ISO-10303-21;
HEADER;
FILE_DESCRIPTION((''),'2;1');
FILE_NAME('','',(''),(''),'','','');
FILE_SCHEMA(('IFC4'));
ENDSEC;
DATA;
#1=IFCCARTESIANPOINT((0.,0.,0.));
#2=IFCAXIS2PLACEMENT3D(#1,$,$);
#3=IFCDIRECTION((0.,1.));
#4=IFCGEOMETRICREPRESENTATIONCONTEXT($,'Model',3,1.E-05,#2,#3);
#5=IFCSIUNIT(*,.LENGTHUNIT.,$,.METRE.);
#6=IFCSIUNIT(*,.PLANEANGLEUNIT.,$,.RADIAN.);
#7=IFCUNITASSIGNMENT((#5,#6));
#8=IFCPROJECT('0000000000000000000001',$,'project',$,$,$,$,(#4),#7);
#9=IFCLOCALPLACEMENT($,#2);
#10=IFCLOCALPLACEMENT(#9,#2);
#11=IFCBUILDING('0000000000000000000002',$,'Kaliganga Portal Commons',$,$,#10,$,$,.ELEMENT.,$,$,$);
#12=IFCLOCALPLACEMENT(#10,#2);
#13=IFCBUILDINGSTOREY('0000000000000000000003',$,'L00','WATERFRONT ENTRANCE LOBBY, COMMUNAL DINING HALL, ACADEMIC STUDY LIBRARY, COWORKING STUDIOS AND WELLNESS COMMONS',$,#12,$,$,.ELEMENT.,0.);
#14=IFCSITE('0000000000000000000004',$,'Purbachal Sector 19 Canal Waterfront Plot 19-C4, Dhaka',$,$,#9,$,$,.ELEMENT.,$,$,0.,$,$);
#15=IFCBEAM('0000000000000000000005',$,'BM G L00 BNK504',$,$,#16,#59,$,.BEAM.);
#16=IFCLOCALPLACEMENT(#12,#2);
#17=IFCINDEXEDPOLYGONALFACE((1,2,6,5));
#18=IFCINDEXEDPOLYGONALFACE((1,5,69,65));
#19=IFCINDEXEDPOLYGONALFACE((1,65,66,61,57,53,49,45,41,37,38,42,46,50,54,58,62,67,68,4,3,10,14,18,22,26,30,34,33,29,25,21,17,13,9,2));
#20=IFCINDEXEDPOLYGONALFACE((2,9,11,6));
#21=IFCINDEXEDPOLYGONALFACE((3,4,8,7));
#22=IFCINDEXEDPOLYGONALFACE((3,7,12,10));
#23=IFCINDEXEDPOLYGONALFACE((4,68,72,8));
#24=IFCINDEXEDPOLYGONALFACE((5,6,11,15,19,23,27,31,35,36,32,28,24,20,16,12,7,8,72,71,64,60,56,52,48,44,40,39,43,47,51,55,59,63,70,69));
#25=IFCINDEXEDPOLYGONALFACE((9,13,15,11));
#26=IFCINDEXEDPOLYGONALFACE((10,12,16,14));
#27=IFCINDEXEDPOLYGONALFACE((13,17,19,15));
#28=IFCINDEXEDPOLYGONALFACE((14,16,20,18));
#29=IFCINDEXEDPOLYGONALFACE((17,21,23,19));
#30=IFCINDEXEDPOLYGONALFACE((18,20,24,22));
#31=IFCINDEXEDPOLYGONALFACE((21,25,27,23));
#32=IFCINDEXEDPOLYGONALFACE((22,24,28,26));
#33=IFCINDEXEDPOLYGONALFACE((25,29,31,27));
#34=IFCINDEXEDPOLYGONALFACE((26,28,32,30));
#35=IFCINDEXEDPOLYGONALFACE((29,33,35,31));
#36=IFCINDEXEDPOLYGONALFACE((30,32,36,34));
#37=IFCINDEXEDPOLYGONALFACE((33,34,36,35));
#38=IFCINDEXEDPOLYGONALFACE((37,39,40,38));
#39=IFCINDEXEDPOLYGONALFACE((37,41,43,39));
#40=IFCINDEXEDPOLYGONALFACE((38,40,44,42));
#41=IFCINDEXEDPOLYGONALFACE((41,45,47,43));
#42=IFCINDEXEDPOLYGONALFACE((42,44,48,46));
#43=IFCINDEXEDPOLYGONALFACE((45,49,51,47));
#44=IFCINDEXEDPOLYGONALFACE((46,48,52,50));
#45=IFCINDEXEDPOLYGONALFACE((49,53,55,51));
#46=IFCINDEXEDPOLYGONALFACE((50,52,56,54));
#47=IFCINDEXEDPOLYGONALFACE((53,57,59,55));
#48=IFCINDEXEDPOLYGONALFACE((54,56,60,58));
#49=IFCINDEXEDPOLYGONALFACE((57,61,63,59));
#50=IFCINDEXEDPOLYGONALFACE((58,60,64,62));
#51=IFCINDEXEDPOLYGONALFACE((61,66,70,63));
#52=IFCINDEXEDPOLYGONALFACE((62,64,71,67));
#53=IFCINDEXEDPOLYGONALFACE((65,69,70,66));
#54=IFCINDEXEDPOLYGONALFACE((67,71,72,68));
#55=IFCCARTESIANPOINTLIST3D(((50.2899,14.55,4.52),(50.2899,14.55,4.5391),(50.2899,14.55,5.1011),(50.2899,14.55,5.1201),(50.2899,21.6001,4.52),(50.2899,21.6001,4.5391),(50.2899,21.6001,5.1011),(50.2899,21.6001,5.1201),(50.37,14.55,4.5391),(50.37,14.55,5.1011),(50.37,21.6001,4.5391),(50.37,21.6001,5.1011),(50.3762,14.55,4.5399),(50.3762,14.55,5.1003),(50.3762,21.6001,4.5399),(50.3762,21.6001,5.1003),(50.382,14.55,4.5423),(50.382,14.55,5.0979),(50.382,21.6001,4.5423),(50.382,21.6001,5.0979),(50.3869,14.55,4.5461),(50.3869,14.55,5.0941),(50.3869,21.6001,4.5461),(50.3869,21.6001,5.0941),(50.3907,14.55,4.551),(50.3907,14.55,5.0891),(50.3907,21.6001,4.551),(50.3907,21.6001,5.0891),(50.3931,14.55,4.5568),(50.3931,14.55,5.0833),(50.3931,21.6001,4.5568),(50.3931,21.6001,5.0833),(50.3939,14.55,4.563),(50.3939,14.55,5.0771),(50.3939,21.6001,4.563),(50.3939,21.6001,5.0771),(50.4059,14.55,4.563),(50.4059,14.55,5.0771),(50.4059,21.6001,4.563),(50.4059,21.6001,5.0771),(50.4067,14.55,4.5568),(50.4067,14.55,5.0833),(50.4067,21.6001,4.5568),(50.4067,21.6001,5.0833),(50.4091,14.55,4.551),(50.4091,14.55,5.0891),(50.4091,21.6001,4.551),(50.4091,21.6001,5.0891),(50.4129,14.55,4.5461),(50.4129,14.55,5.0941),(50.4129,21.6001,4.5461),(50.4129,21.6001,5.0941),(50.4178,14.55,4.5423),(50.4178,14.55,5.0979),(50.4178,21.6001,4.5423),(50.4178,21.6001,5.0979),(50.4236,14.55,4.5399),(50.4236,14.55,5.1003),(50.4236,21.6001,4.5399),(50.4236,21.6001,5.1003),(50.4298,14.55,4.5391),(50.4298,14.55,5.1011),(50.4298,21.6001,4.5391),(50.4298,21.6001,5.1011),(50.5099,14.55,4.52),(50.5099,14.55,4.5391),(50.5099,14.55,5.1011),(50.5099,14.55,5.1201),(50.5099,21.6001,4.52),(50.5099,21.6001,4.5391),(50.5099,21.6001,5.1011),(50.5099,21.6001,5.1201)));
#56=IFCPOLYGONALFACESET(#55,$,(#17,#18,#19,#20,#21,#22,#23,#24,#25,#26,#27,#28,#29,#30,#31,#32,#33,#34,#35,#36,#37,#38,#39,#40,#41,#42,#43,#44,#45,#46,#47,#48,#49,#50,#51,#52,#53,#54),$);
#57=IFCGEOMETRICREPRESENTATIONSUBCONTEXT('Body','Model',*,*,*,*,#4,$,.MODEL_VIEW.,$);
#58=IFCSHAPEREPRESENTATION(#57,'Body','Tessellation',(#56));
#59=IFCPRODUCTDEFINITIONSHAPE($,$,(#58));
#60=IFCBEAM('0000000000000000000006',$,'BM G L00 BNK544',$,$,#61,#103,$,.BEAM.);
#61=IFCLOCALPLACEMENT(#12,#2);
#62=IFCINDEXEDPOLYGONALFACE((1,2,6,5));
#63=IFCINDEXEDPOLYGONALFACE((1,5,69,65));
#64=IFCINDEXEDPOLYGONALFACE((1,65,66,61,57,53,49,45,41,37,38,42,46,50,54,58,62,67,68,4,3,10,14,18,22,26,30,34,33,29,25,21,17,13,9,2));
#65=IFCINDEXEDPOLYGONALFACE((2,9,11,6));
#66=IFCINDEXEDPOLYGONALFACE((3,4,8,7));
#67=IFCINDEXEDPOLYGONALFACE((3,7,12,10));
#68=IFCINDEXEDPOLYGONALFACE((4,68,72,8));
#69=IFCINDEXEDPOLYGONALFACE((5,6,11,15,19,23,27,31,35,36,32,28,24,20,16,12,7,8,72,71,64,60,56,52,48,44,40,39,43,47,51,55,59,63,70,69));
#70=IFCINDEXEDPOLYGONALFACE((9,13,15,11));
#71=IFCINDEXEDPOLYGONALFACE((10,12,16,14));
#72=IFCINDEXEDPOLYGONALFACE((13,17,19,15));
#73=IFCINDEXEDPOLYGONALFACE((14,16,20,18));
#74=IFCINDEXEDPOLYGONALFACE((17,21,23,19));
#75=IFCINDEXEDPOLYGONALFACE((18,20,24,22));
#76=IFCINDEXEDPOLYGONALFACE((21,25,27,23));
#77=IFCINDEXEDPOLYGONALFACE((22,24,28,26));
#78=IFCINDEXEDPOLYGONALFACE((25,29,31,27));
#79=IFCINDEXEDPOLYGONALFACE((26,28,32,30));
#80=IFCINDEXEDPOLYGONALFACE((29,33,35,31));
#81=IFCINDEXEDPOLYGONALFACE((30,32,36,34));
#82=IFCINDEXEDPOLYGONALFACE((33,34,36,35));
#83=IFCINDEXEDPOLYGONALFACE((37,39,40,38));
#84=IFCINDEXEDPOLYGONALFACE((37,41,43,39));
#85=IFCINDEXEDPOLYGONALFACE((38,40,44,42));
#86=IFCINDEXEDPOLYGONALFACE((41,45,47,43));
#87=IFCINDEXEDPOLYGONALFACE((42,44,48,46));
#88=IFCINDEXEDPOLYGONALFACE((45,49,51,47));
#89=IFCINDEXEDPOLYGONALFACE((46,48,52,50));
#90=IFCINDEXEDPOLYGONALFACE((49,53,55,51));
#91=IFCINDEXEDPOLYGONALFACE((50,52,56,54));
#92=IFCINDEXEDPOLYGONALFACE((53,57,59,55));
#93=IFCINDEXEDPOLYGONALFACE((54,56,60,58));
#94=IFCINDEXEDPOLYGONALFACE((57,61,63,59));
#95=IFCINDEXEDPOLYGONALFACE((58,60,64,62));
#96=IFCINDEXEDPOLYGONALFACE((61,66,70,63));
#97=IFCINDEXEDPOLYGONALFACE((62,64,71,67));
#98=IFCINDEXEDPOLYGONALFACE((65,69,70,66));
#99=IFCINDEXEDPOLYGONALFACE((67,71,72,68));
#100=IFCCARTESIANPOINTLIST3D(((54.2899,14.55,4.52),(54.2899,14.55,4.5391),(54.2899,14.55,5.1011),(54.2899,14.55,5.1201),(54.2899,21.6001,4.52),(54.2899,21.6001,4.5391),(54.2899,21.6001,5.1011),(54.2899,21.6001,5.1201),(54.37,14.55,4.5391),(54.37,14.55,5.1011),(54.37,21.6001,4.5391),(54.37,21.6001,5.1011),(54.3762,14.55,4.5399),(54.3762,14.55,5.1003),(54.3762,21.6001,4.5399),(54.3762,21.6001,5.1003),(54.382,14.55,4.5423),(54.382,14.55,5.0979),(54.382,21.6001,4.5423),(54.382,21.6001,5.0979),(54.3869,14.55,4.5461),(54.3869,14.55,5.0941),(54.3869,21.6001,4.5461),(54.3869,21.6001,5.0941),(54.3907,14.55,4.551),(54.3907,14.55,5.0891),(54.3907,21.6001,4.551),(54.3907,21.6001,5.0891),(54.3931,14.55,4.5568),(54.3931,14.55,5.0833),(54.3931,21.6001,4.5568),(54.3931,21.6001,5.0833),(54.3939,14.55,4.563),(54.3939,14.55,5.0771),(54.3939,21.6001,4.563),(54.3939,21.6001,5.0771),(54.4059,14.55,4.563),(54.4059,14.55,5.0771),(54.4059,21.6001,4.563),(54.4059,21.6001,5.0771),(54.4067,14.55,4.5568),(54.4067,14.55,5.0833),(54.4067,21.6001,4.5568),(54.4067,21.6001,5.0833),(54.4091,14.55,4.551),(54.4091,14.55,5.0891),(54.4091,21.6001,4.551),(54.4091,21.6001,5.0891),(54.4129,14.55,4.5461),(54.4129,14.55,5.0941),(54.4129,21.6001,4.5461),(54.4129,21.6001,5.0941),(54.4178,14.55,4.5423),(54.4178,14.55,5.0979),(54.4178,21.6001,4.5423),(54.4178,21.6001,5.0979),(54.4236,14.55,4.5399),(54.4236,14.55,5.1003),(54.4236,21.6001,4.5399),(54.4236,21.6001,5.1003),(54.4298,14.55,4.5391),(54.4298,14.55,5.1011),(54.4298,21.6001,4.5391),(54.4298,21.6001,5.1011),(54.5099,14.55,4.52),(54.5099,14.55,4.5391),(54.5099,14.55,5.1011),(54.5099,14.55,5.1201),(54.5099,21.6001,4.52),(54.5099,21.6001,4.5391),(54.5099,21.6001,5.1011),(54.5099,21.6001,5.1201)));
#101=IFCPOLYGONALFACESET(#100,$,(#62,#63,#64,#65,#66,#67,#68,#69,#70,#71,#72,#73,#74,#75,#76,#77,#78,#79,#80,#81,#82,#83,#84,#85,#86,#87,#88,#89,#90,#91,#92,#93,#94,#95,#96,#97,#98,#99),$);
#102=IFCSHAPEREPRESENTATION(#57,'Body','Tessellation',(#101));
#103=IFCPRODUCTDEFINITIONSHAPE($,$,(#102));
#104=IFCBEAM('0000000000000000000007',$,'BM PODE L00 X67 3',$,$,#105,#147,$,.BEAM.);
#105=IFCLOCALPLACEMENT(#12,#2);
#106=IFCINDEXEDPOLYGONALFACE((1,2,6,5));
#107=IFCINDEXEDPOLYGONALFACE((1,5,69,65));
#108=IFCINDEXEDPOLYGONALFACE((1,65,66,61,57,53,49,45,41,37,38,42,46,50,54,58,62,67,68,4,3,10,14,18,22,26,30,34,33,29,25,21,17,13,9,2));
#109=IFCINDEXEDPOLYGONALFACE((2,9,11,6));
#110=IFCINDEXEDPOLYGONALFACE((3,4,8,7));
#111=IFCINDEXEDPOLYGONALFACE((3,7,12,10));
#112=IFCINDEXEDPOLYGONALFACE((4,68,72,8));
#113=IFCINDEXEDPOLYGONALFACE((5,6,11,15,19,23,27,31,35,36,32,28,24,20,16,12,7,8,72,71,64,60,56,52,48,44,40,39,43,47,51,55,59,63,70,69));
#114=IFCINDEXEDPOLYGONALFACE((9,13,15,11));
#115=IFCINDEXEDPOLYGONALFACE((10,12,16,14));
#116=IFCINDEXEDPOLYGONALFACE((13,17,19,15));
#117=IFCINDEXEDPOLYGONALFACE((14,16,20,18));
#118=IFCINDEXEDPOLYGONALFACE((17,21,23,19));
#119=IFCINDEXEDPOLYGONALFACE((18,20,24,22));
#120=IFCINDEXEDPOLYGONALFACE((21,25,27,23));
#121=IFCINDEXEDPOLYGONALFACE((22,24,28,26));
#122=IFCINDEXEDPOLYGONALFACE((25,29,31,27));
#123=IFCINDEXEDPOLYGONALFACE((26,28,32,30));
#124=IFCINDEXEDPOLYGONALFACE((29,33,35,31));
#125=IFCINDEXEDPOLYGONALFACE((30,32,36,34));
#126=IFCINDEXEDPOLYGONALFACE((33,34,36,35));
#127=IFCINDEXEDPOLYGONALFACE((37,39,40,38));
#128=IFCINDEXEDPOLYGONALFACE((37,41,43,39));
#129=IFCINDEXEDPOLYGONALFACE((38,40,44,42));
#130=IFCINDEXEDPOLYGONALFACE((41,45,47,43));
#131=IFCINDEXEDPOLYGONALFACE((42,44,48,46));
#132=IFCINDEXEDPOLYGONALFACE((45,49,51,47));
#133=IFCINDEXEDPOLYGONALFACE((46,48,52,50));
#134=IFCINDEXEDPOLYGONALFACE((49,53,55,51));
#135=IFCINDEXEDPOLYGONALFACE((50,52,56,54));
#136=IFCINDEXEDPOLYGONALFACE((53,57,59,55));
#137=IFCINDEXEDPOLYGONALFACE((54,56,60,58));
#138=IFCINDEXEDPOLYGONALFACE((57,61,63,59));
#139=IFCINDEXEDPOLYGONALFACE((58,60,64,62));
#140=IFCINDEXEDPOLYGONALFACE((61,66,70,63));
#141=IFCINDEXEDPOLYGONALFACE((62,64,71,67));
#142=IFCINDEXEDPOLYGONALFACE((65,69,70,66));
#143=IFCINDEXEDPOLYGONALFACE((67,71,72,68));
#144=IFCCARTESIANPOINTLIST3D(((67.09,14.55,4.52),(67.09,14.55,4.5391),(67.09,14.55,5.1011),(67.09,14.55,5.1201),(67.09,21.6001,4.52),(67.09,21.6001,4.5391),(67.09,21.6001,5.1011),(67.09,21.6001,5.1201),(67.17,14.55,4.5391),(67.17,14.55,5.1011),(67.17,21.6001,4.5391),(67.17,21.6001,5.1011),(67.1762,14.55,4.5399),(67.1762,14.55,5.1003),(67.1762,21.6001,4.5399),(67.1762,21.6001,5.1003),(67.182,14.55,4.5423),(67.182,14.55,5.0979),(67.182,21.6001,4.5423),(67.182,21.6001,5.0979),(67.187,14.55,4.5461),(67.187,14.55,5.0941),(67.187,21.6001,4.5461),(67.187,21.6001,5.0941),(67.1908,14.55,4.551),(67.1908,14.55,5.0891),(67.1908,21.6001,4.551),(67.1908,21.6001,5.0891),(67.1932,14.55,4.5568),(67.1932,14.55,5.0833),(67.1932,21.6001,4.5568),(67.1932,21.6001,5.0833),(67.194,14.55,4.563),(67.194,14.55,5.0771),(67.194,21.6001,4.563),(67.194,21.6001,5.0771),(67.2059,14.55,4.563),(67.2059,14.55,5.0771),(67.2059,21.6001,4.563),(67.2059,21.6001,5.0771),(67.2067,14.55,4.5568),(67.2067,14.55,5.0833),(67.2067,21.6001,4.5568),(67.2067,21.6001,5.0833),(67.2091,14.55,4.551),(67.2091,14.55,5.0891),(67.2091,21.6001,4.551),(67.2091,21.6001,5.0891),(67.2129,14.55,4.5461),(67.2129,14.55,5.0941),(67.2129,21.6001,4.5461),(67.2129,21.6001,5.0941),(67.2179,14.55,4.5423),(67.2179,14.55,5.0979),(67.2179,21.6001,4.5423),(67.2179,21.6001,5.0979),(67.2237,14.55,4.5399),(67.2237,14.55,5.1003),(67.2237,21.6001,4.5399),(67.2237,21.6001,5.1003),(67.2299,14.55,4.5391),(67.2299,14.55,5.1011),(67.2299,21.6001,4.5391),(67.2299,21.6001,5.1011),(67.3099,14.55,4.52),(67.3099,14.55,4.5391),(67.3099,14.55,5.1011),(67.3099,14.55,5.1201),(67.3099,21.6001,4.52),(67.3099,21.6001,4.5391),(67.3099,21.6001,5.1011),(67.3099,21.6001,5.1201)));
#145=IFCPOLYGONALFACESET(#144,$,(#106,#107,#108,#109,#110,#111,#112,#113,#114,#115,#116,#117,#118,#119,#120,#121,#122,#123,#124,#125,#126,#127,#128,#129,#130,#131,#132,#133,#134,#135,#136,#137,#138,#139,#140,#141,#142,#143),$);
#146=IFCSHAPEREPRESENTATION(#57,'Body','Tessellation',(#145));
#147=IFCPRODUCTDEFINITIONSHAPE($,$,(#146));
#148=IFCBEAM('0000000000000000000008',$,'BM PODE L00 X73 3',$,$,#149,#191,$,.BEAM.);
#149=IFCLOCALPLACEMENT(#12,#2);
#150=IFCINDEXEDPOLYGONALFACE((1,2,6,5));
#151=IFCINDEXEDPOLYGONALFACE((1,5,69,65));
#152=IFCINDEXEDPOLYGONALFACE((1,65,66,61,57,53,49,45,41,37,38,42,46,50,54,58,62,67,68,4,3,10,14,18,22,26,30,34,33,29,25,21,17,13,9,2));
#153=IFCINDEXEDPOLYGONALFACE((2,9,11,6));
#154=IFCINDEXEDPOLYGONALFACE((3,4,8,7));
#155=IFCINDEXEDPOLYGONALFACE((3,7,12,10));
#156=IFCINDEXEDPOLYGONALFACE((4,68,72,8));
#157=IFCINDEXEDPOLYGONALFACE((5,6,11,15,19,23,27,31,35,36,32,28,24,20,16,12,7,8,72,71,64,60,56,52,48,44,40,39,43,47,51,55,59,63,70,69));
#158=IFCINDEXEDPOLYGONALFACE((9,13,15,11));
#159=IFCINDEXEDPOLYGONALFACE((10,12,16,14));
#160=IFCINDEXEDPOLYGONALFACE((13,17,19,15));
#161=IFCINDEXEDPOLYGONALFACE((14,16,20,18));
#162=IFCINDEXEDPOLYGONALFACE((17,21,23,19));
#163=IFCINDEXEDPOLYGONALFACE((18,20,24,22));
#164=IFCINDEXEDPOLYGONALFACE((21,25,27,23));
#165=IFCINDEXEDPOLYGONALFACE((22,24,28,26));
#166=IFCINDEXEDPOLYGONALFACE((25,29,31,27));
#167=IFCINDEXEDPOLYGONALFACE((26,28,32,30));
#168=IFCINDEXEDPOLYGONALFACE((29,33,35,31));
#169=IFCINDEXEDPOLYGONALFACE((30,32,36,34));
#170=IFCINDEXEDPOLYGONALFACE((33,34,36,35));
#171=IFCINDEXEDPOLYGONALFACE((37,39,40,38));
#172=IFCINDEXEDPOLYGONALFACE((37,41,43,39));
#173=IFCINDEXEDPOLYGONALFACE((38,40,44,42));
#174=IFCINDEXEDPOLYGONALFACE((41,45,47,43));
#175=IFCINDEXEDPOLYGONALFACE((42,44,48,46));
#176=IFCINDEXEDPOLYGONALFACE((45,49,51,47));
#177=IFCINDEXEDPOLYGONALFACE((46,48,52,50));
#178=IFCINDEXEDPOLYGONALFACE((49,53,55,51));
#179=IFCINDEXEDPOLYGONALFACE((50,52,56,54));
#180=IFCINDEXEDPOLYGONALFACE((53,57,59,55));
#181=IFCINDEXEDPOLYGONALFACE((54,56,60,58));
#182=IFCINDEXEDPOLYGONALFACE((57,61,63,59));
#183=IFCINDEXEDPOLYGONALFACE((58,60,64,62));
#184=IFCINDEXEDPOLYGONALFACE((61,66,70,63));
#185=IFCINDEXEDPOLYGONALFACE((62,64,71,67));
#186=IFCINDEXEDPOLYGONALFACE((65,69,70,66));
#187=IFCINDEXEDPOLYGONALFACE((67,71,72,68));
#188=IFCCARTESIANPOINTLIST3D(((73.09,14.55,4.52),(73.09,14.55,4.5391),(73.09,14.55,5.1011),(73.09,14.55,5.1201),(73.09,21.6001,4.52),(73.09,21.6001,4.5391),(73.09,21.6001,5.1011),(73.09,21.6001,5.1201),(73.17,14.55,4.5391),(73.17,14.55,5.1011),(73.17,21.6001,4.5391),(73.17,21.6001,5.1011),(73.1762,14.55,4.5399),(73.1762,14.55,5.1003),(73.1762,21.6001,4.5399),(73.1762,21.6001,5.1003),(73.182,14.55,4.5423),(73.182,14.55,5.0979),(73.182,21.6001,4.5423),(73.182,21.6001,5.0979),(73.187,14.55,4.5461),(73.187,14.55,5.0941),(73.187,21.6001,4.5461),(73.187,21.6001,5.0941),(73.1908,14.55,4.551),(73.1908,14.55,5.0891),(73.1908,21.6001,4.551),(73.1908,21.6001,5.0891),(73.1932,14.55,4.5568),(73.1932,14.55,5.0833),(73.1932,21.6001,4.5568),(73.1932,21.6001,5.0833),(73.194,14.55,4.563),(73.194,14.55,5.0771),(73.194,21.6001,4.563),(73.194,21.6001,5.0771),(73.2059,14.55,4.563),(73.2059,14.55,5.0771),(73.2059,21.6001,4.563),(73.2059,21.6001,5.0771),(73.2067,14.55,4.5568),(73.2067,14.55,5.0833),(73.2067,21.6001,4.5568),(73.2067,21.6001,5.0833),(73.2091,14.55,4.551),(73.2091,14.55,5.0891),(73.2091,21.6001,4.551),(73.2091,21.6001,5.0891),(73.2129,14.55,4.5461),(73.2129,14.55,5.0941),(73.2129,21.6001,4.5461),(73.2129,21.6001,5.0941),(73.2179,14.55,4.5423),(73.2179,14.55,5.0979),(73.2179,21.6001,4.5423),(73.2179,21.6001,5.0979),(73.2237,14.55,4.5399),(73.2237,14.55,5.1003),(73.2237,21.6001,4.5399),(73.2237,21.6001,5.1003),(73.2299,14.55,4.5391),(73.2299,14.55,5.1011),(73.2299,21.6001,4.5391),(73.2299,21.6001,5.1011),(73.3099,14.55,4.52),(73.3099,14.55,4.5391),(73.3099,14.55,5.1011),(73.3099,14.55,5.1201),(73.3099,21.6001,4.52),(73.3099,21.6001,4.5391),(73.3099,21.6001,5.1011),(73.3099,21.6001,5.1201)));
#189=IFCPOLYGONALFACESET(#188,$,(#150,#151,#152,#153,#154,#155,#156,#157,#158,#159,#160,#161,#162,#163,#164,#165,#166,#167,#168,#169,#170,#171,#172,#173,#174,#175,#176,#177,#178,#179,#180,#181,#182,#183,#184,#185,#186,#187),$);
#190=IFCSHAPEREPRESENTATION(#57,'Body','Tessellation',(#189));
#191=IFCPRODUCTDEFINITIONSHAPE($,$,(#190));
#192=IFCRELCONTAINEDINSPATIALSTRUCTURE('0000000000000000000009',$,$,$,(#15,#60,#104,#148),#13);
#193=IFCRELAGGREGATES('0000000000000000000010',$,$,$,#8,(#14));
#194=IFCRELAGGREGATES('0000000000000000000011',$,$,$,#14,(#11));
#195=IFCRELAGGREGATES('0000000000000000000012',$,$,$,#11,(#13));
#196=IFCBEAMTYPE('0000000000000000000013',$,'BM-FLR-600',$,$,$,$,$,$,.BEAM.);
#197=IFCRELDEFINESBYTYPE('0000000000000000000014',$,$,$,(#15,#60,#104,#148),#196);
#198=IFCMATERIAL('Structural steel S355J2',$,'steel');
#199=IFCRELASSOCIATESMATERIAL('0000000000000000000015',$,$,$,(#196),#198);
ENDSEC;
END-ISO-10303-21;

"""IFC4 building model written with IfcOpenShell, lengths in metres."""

from ifc_helpers import new_model, si_unit, direction, frame, origin, origin_2d, place, context, subcontext, project, spatial, i_section, extrude, source, transform, mapped, material, material_profile, profile_set, type_object, element, save


model = new_model("IFC4")

# Units and contexts
model_context = context("Model", 3, precision=1e-05, world=origin(), true_north=direction((0.0, 1.0)))
body_context = subcontext(model_context, "Body", "Model", "MODEL_VIEW")
ifc_project = project(units=[si_unit("LENGTHUNIT", "METRE"), si_unit("PLANEANGLEUNIT", "RADIAN")], contexts=[model_context])

# Site, building, storey
site_placement = place(None, origin())
site = spatial("IfcSite", under=ifc_project, at=site_placement, Name="Purbachal Sector 19 Canal Waterfront Plot 19-C4, Dhaka", CompositionType="ELEMENT", RefElevation=0.0)
building_placement = place(site_placement, origin())
building = spatial("IfcBuilding", under=site, at=building_placement, Name="Kaliganga Portal Commons", CompositionType="ELEMENT")
storey_placement = place(building_placement, origin())
storey = spatial("IfcBuildingStorey", under=building, at=storey_placement, Name="L00", Description="WATERFRONT ENTRANCE LOBBY, COMMUNAL DINING HALL, ACADEMIC STUDY LIBRARY, COWORKING STUDIOS AND WELLNESS COMMONS", CompositionType="ELEMENT", Elevation=0.0)

# Beams
ifc_material_1 = material(Name="Structural steel S355J2", Category="steel")
ifc_material_profile_1 = material_profile(ifc_material_1, i_section(OverallWidth=0.22, OverallDepth=0.6001, WebThickness=0.012, FlangeThickness=0.019, FilletRadius=0.0239, at=origin_2d()), Name="IPE 600")
ifc_profile_set_1 = profile_set([ifc_material_profile_1], Name="Structural steel S355J2 wide-flange")
beam_type_1 = type_object("IfcBeamType", Name="BM-FLR-600", PredefinedType="BEAM", material=ifc_profile_set_1)
shared_shape_1 = source(origin(), body_context, "Body", "SweptSolid", [
    extrude(i_section(OverallWidth=0.22, OverallDepth=0.6001, WebThickness=0.012, FlangeThickness=0.019, FilletRadius=0.0239, at=origin_2d()), origin(), (0.0, 0.0, 1.0), 7.05),
])
for number, where, z_axis, x_axis, name in (
    (1, (50.3999, 14.55, 4.8201), (0.0, 1.0, 0.0), (-1.0, 0.0, 0.0), "BM G L00 BNK504"),
    (2, (54.3999, 14.55, 4.8201), (0.0, 1.0, 0.0), (-1.0, 0.0, 0.0), "BM G L00 BNK544"),
    (3, (67.2, 14.55, 4.8201), (0.0, 1.0, 0.0), (-1.0, 0.0, 0.0), "BM PODE L00 X67 3"),
    (4, (73.2, 14.55, 4.8201), (0.0, 1.0, 0.0), (-1.0, 0.0, 0.0), "BM PODE L00 X73 3"),
):
    element("IfcBeam", number, at=place(storey_placement, frame(where, z_axis=z_axis, x_axis=x_axis)), inside=storey, type_object=beam_type_1, Name=name, PredefinedType="BEAM", context=body_context, shape_type="MappedRepresentation", body=[
        mapped(shared_shape_1, transform((0.0, 0.0, 0.0), x_axis=(1.0, 0.0, 0.0), y_axis=(0.0, 1.0, 0.0), z_axis=(0.0, 0.0, 1.0), scale=1.0)),
    ])

save(model, "model.ifc")
